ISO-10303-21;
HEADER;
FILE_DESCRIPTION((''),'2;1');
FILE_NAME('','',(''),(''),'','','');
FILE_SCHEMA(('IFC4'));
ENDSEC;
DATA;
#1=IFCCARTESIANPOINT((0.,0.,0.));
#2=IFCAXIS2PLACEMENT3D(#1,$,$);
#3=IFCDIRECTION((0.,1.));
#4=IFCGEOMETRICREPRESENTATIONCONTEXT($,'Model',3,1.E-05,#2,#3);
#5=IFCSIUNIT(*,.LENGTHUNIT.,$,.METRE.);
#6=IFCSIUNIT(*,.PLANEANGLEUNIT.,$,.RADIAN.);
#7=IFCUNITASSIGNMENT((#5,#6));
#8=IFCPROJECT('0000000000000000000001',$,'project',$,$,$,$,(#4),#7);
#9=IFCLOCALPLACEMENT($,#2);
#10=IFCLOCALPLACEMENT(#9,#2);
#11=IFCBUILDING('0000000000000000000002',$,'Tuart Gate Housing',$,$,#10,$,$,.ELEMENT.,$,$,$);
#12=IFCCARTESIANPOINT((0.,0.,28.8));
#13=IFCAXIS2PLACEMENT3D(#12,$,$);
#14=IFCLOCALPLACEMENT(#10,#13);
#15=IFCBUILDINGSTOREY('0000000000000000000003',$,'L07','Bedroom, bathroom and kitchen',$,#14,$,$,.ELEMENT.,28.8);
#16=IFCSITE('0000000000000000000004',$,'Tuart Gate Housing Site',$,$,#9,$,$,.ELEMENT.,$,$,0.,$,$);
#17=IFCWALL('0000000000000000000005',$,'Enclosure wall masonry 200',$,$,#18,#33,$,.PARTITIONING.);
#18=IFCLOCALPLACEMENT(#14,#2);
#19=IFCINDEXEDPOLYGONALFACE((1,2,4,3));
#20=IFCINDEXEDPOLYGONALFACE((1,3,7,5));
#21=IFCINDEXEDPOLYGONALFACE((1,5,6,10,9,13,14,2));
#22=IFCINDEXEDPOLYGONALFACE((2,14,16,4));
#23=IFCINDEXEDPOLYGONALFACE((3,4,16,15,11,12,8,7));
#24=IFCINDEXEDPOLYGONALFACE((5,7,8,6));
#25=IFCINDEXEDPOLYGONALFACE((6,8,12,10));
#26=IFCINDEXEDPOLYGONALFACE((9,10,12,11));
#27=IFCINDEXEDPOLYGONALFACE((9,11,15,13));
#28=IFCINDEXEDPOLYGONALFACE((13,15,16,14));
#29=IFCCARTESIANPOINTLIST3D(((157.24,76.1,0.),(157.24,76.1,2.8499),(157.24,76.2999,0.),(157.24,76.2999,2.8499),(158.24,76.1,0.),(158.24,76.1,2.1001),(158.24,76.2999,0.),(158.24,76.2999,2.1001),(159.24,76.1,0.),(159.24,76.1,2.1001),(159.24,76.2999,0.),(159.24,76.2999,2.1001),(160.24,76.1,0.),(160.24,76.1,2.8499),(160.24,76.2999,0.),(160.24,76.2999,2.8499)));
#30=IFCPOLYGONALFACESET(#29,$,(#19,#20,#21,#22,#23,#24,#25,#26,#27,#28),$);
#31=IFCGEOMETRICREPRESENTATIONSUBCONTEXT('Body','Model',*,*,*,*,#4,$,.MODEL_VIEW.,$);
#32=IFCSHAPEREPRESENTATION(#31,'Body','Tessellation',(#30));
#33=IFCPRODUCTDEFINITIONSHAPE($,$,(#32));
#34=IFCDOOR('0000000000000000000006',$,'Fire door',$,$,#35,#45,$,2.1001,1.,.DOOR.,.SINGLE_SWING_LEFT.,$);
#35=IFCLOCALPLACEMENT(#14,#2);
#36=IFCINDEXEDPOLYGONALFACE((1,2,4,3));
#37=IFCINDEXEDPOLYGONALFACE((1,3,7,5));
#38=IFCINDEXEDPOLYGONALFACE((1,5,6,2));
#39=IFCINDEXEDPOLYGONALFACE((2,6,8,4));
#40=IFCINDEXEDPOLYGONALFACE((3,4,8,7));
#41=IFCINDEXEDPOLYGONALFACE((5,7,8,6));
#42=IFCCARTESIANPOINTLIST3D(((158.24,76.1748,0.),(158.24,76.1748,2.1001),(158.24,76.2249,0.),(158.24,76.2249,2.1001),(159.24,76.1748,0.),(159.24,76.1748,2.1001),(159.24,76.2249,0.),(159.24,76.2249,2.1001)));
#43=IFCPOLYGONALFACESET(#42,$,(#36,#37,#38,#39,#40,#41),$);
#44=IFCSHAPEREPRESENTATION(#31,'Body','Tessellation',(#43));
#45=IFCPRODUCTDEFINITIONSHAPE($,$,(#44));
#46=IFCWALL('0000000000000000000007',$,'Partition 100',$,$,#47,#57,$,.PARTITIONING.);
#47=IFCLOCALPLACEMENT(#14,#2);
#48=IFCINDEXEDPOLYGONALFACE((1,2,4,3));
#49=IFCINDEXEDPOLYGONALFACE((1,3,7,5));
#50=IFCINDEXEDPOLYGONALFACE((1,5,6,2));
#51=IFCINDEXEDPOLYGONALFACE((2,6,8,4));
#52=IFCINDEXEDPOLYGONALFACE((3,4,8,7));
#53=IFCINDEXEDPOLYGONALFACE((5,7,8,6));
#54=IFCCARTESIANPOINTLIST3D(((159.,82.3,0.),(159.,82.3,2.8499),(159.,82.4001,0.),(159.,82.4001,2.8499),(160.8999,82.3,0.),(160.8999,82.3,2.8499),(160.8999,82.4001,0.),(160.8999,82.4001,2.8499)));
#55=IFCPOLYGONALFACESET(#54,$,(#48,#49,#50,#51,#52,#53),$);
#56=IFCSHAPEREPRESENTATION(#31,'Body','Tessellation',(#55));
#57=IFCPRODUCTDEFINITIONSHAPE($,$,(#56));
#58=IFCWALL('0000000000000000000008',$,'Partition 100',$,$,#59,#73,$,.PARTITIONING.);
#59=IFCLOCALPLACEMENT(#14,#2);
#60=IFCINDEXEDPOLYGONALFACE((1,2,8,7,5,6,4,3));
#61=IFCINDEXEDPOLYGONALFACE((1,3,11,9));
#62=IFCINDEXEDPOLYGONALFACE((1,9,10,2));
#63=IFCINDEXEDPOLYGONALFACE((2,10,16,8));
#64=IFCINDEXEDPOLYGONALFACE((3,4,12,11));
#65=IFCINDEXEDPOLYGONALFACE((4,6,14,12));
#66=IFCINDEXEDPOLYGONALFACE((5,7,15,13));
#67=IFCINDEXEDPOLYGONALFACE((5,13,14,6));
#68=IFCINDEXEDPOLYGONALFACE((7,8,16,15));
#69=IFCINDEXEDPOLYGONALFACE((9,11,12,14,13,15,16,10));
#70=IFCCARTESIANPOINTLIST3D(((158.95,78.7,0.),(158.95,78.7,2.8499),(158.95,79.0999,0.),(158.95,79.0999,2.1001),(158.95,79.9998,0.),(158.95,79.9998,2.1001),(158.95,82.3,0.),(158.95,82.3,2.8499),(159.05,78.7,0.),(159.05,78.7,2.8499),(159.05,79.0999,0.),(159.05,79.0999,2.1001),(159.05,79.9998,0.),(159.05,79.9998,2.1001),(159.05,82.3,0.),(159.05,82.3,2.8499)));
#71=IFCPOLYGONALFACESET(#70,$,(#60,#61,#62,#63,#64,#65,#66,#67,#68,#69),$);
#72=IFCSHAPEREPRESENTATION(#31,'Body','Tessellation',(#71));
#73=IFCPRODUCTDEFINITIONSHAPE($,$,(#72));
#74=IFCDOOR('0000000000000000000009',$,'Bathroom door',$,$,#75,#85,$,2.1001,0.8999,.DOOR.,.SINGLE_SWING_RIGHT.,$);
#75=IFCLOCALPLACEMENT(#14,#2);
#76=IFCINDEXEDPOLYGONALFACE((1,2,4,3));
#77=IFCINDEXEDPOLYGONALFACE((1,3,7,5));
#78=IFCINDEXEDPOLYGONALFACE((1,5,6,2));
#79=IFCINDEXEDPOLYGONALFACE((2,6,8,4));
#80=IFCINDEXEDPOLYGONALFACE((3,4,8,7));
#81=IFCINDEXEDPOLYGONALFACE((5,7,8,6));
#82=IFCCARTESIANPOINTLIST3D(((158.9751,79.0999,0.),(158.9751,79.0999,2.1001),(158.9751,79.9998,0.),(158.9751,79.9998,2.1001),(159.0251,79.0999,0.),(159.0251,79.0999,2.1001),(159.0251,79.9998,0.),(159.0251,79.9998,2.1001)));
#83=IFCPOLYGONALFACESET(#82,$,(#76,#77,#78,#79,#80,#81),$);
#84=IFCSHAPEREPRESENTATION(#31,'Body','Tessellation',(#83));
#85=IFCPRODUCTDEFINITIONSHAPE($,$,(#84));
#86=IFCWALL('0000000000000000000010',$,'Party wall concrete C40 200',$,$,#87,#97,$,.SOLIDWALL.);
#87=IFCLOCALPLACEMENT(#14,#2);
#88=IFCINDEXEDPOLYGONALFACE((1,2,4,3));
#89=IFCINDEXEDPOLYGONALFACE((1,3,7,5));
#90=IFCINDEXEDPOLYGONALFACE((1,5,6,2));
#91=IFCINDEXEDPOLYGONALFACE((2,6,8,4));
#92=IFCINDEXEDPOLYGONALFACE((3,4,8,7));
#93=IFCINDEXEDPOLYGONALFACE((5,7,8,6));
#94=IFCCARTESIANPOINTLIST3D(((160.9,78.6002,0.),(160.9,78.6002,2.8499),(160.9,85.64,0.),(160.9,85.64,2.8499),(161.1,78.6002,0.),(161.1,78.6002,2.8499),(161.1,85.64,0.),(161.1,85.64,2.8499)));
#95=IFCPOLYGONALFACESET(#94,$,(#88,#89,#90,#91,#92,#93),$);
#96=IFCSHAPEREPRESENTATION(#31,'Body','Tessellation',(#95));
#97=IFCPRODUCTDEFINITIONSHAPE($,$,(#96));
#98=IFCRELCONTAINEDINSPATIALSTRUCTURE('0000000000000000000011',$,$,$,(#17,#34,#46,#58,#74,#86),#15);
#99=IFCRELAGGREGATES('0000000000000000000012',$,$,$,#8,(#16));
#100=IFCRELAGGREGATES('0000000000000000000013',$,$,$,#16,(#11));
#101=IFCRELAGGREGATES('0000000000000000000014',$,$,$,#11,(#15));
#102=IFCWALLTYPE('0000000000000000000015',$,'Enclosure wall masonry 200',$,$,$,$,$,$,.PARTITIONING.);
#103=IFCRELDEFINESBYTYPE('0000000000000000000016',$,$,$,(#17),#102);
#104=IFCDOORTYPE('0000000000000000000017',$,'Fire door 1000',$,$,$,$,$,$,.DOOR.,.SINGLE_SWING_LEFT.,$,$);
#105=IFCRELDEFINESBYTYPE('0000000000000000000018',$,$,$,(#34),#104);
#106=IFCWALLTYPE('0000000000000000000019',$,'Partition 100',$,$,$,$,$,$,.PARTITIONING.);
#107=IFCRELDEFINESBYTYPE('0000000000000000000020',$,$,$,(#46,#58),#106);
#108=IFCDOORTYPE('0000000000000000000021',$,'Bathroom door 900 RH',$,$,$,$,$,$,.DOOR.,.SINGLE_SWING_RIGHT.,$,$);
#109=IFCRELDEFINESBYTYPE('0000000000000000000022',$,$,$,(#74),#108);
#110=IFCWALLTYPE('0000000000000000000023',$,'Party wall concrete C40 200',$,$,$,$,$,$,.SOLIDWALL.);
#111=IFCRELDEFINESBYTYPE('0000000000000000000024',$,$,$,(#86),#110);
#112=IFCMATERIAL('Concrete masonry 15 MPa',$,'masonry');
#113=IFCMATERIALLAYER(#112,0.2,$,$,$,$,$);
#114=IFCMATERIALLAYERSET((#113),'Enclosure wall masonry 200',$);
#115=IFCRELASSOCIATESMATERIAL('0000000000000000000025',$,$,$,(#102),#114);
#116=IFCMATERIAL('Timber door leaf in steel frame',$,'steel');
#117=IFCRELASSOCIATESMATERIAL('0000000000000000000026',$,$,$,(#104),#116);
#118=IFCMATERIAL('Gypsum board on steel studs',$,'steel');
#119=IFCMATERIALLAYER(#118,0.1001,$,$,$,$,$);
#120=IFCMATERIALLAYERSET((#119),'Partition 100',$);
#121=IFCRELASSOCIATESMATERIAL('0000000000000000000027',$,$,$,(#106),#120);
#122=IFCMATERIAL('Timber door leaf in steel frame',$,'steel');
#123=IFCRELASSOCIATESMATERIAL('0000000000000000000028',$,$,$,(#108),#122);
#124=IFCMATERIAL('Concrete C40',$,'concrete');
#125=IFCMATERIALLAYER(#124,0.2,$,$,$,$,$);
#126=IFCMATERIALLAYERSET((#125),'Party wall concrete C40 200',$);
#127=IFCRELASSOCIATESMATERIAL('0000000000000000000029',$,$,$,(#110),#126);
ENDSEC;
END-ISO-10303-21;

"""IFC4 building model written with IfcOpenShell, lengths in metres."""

from ifc_helpers import new_model, si_unit, direction, frame, frame_2d, origin, place, context, subcontext, project, spatial, rectangle, extrude, material, layer, layer_set, type_object, element, fill, save


model = new_model("IFC4")

# Units and contexts
model_context = context("Model", 3, precision=1e-05, world=origin(), true_north=direction((0.0, 1.0)))
body_context = subcontext(model_context, "Body", "Model", "MODEL_VIEW")
ifc_project = project(units=[si_unit("LENGTHUNIT", "METRE"), si_unit("PLANEANGLEUNIT", "RADIAN")], contexts=[model_context])

# Site, building, storey
site_placement = place(None, origin())
site = spatial("IfcSite", under=ifc_project, at=site_placement, Name="Tuart Gate Housing Site", CompositionType="ELEMENT", RefElevation=0.0)
building_placement = place(site_placement, origin())
building = spatial("IfcBuilding", under=site, at=building_placement, Name="Tuart Gate Housing", CompositionType="ELEMENT")
storey_placement = place(building_placement, frame((0.0, 0.0, 28.8)))
storey = spatial("IfcBuildingStorey", under=building, at=storey_placement, Name="L07", Description="Bedroom, bathroom and kitchen", CompositionType="ELEMENT", Elevation=28.8)

# Wall, opening, door
ifc_material_1 = material(Name="Concrete masonry 15 MPa", Category="masonry")
ifc_layer_1 = layer(ifc_material_1, 0.2)
ifc_layer_set_1 = layer_set([ifc_layer_1], Name="Enclosure wall masonry 200")
wall_type_1 = type_object("IfcWallType", Name="Enclosure wall masonry 200", PredefinedType="PARTITIONING", material=ifc_layer_set_1)
wall_1_placement = place(storey_placement, frame((157.24, 76.2, 0.0), z_axis=(0.0, 0.0, 1.0), x_axis=(1.0, 0.0, 0.0)))
wall_1 = element("IfcWall", 1, at=wall_1_placement, inside=storey, type_object=wall_type_1, Name="Enclosure wall masonry 200", PredefinedType="PARTITIONING", context=body_context, shape_type="SweptSolid", body=[
    extrude(rectangle(XDim=3.0, YDim=0.2, at=frame_2d((1.5, 0.0))), origin(), (0.0, 0.0, 1.0), 2.8499),
])
opening_1_placement = place(wall_1_placement, frame((1.0, 0.0, 0.0)))
opening_1 = element("IfcOpeningElement", 2, at=opening_1_placement, cuts=wall_1, PredefinedType="OPENING", context=body_context, shape_type="SweptSolid", body=[
    extrude(rectangle(XDim=1.0, YDim=2.1001, at=frame_2d((0.5, 1.05))), frame((0.0, 0.1099, 0.0), z_axis=(0.0, -1.0, 0.0), x_axis=(1.0, 0.0, 0.0)), (0.0, 0.0, 1.0), 0.22),
])
ifc_material_2 = material(Name="Timber door leaf in steel frame", Category="steel")
door_type_1 = type_object("IfcDoorType", Name="Fire door 1000", OperationType="SINGLE_SWING_LEFT", PredefinedType="DOOR", material=ifc_material_2)
door_1_placement = place(opening_1_placement, origin())
door_1 = element("IfcDoor", 3, at=door_1_placement, inside=storey, type_object=door_type_1, Name="Fire door", OperationType="SINGLE_SWING_LEFT", OverallHeight=2.1001, OverallWidth=1.0, PredefinedType="DOOR", context=body_context, shape_type="SweptSolid", body=[
    extrude(rectangle(XDim=1.0, YDim=2.1001, at=frame_2d((0.5, 1.05))), frame((0.0, 0.0249, 0.0), z_axis=(0.0, -1.0, 0.0), x_axis=(1.0, 0.0, 0.0)), (0.0, 0.0, 1.0), 0.05),
])
fill(opening_1, door_1)

# Wall
ifc_material_3 = material(Name="Gypsum board on steel studs", Category="steel")
ifc_layer_2 = layer(ifc_material_3, 0.1001)
ifc_layer_set_2 = layer_set([ifc_layer_2], Name="Partition 100")
wall_type_2 = type_object("IfcWallType", Name="Partition 100", PredefinedType="PARTITIONING", material=ifc_layer_set_2)
wall_2_placement = place(storey_placement, frame((159.0, 82.3501, 0.0), z_axis=(0.0, 0.0, 1.0), x_axis=(1.0, 0.0, 0.0)))
element("IfcWall", 4, at=wall_2_placement, inside=storey, type_object=wall_type_2, Name="Partition 100", PredefinedType="PARTITIONING", context=body_context, shape_type="SweptSolid", body=[
    extrude(rectangle(XDim=1.8999, YDim=0.1001, at=frame_2d((0.95, 0.0))), origin(), (0.0, 0.0, 1.0), 2.8499),
])

# Wall, opening, door
wall_3_placement = place(storey_placement, frame((159.0, 78.7, 0.0), z_axis=(0.0, 0.0, 1.0), x_axis=(0.0, 1.0, 0.0)))
wall_3 = element("IfcWall", 5, at=wall_3_placement, inside=storey, type_object=wall_type_2, Name="Partition 100", PredefinedType="PARTITIONING", context=body_context, shape_type="SweptSolid", body=[
    extrude(rectangle(XDim=3.6001, YDim=0.1001, at=frame_2d((1.8, 0.0))), origin(), (0.0, 0.0, 1.0), 2.8499),
])
opening_2_placement = place(wall_3_placement, frame((0.3999, 0.0, 0.0)))
opening_2 = element("IfcOpeningElement", 6, at=opening_2_placement, cuts=wall_3, PredefinedType="OPENING", context=body_context, shape_type="SweptSolid", body=[
    extrude(rectangle(XDim=0.8999, YDim=2.1001, at=frame_2d((0.45, 1.05))), frame((0.0, 0.0601, 0.0), z_axis=(0.0, -1.0, 0.0), x_axis=(1.0, 0.0, 0.0)), (0.0, 0.0, 1.0), 0.1201),
])
ifc_material_4 = material(Name="Timber door leaf in steel frame", Category="steel")
door_type_2 = type_object("IfcDoorType", Name="Bathroom door 900 RH", OperationType="SINGLE_SWING_RIGHT", PredefinedType="DOOR", material=ifc_material_4)
door_2_placement = place(opening_2_placement, frame((0.8999, 0.0, 0.0), z_axis=(0.0, 0.0, 1.0), x_axis=(-1.0, 0.0, 0.0)))
door_2 = element("IfcDoor", 7, at=door_2_placement, inside=storey, type_object=door_type_2, Name="Bathroom door", OperationType="SINGLE_SWING_RIGHT", OverallHeight=2.1001, OverallWidth=0.8999, PredefinedType="DOOR", context=body_context, shape_type="SweptSolid", body=[
    extrude(rectangle(XDim=0.8999, YDim=2.1001, at=frame_2d((0.45, 1.05))), frame((0.0, 0.0251, 0.0), z_axis=(0.0, -1.0, 0.0), x_axis=(1.0, 0.0, 0.0)), (0.0, 0.0, 1.0), 0.05),
])
fill(opening_2, door_2)

# Wall
ifc_material_5 = material(Name="Concrete C40", Category="concrete")
ifc_layer_3 = layer(ifc_material_5, 0.2)
ifc_layer_set_3 = layer_set([ifc_layer_3], Name="Party wall concrete C40 200")
wall_type_3 = type_object("IfcWallType", Name="Party wall concrete C40 200", PredefinedType="SOLIDWALL", material=ifc_layer_set_3)
wall_4_placement = place(storey_placement, frame((161.0, 78.6001, 0.0), z_axis=(0.0, 0.0, 1.0), x_axis=(0.0, 1.0, 0.0)))
element("IfcWall", 8, at=wall_4_placement, inside=storey, type_object=wall_type_3, Name="Party wall concrete C40 200", PredefinedType="SOLIDWALL", context=body_context, shape_type="SweptSolid", body=[
    extrude(rectangle(XDim=7.0398, YDim=0.2, at=frame_2d((3.52, 0.0))), origin(), (0.0, 0.0, 1.0), 2.8499),
])

save(model, "model.ifc")
